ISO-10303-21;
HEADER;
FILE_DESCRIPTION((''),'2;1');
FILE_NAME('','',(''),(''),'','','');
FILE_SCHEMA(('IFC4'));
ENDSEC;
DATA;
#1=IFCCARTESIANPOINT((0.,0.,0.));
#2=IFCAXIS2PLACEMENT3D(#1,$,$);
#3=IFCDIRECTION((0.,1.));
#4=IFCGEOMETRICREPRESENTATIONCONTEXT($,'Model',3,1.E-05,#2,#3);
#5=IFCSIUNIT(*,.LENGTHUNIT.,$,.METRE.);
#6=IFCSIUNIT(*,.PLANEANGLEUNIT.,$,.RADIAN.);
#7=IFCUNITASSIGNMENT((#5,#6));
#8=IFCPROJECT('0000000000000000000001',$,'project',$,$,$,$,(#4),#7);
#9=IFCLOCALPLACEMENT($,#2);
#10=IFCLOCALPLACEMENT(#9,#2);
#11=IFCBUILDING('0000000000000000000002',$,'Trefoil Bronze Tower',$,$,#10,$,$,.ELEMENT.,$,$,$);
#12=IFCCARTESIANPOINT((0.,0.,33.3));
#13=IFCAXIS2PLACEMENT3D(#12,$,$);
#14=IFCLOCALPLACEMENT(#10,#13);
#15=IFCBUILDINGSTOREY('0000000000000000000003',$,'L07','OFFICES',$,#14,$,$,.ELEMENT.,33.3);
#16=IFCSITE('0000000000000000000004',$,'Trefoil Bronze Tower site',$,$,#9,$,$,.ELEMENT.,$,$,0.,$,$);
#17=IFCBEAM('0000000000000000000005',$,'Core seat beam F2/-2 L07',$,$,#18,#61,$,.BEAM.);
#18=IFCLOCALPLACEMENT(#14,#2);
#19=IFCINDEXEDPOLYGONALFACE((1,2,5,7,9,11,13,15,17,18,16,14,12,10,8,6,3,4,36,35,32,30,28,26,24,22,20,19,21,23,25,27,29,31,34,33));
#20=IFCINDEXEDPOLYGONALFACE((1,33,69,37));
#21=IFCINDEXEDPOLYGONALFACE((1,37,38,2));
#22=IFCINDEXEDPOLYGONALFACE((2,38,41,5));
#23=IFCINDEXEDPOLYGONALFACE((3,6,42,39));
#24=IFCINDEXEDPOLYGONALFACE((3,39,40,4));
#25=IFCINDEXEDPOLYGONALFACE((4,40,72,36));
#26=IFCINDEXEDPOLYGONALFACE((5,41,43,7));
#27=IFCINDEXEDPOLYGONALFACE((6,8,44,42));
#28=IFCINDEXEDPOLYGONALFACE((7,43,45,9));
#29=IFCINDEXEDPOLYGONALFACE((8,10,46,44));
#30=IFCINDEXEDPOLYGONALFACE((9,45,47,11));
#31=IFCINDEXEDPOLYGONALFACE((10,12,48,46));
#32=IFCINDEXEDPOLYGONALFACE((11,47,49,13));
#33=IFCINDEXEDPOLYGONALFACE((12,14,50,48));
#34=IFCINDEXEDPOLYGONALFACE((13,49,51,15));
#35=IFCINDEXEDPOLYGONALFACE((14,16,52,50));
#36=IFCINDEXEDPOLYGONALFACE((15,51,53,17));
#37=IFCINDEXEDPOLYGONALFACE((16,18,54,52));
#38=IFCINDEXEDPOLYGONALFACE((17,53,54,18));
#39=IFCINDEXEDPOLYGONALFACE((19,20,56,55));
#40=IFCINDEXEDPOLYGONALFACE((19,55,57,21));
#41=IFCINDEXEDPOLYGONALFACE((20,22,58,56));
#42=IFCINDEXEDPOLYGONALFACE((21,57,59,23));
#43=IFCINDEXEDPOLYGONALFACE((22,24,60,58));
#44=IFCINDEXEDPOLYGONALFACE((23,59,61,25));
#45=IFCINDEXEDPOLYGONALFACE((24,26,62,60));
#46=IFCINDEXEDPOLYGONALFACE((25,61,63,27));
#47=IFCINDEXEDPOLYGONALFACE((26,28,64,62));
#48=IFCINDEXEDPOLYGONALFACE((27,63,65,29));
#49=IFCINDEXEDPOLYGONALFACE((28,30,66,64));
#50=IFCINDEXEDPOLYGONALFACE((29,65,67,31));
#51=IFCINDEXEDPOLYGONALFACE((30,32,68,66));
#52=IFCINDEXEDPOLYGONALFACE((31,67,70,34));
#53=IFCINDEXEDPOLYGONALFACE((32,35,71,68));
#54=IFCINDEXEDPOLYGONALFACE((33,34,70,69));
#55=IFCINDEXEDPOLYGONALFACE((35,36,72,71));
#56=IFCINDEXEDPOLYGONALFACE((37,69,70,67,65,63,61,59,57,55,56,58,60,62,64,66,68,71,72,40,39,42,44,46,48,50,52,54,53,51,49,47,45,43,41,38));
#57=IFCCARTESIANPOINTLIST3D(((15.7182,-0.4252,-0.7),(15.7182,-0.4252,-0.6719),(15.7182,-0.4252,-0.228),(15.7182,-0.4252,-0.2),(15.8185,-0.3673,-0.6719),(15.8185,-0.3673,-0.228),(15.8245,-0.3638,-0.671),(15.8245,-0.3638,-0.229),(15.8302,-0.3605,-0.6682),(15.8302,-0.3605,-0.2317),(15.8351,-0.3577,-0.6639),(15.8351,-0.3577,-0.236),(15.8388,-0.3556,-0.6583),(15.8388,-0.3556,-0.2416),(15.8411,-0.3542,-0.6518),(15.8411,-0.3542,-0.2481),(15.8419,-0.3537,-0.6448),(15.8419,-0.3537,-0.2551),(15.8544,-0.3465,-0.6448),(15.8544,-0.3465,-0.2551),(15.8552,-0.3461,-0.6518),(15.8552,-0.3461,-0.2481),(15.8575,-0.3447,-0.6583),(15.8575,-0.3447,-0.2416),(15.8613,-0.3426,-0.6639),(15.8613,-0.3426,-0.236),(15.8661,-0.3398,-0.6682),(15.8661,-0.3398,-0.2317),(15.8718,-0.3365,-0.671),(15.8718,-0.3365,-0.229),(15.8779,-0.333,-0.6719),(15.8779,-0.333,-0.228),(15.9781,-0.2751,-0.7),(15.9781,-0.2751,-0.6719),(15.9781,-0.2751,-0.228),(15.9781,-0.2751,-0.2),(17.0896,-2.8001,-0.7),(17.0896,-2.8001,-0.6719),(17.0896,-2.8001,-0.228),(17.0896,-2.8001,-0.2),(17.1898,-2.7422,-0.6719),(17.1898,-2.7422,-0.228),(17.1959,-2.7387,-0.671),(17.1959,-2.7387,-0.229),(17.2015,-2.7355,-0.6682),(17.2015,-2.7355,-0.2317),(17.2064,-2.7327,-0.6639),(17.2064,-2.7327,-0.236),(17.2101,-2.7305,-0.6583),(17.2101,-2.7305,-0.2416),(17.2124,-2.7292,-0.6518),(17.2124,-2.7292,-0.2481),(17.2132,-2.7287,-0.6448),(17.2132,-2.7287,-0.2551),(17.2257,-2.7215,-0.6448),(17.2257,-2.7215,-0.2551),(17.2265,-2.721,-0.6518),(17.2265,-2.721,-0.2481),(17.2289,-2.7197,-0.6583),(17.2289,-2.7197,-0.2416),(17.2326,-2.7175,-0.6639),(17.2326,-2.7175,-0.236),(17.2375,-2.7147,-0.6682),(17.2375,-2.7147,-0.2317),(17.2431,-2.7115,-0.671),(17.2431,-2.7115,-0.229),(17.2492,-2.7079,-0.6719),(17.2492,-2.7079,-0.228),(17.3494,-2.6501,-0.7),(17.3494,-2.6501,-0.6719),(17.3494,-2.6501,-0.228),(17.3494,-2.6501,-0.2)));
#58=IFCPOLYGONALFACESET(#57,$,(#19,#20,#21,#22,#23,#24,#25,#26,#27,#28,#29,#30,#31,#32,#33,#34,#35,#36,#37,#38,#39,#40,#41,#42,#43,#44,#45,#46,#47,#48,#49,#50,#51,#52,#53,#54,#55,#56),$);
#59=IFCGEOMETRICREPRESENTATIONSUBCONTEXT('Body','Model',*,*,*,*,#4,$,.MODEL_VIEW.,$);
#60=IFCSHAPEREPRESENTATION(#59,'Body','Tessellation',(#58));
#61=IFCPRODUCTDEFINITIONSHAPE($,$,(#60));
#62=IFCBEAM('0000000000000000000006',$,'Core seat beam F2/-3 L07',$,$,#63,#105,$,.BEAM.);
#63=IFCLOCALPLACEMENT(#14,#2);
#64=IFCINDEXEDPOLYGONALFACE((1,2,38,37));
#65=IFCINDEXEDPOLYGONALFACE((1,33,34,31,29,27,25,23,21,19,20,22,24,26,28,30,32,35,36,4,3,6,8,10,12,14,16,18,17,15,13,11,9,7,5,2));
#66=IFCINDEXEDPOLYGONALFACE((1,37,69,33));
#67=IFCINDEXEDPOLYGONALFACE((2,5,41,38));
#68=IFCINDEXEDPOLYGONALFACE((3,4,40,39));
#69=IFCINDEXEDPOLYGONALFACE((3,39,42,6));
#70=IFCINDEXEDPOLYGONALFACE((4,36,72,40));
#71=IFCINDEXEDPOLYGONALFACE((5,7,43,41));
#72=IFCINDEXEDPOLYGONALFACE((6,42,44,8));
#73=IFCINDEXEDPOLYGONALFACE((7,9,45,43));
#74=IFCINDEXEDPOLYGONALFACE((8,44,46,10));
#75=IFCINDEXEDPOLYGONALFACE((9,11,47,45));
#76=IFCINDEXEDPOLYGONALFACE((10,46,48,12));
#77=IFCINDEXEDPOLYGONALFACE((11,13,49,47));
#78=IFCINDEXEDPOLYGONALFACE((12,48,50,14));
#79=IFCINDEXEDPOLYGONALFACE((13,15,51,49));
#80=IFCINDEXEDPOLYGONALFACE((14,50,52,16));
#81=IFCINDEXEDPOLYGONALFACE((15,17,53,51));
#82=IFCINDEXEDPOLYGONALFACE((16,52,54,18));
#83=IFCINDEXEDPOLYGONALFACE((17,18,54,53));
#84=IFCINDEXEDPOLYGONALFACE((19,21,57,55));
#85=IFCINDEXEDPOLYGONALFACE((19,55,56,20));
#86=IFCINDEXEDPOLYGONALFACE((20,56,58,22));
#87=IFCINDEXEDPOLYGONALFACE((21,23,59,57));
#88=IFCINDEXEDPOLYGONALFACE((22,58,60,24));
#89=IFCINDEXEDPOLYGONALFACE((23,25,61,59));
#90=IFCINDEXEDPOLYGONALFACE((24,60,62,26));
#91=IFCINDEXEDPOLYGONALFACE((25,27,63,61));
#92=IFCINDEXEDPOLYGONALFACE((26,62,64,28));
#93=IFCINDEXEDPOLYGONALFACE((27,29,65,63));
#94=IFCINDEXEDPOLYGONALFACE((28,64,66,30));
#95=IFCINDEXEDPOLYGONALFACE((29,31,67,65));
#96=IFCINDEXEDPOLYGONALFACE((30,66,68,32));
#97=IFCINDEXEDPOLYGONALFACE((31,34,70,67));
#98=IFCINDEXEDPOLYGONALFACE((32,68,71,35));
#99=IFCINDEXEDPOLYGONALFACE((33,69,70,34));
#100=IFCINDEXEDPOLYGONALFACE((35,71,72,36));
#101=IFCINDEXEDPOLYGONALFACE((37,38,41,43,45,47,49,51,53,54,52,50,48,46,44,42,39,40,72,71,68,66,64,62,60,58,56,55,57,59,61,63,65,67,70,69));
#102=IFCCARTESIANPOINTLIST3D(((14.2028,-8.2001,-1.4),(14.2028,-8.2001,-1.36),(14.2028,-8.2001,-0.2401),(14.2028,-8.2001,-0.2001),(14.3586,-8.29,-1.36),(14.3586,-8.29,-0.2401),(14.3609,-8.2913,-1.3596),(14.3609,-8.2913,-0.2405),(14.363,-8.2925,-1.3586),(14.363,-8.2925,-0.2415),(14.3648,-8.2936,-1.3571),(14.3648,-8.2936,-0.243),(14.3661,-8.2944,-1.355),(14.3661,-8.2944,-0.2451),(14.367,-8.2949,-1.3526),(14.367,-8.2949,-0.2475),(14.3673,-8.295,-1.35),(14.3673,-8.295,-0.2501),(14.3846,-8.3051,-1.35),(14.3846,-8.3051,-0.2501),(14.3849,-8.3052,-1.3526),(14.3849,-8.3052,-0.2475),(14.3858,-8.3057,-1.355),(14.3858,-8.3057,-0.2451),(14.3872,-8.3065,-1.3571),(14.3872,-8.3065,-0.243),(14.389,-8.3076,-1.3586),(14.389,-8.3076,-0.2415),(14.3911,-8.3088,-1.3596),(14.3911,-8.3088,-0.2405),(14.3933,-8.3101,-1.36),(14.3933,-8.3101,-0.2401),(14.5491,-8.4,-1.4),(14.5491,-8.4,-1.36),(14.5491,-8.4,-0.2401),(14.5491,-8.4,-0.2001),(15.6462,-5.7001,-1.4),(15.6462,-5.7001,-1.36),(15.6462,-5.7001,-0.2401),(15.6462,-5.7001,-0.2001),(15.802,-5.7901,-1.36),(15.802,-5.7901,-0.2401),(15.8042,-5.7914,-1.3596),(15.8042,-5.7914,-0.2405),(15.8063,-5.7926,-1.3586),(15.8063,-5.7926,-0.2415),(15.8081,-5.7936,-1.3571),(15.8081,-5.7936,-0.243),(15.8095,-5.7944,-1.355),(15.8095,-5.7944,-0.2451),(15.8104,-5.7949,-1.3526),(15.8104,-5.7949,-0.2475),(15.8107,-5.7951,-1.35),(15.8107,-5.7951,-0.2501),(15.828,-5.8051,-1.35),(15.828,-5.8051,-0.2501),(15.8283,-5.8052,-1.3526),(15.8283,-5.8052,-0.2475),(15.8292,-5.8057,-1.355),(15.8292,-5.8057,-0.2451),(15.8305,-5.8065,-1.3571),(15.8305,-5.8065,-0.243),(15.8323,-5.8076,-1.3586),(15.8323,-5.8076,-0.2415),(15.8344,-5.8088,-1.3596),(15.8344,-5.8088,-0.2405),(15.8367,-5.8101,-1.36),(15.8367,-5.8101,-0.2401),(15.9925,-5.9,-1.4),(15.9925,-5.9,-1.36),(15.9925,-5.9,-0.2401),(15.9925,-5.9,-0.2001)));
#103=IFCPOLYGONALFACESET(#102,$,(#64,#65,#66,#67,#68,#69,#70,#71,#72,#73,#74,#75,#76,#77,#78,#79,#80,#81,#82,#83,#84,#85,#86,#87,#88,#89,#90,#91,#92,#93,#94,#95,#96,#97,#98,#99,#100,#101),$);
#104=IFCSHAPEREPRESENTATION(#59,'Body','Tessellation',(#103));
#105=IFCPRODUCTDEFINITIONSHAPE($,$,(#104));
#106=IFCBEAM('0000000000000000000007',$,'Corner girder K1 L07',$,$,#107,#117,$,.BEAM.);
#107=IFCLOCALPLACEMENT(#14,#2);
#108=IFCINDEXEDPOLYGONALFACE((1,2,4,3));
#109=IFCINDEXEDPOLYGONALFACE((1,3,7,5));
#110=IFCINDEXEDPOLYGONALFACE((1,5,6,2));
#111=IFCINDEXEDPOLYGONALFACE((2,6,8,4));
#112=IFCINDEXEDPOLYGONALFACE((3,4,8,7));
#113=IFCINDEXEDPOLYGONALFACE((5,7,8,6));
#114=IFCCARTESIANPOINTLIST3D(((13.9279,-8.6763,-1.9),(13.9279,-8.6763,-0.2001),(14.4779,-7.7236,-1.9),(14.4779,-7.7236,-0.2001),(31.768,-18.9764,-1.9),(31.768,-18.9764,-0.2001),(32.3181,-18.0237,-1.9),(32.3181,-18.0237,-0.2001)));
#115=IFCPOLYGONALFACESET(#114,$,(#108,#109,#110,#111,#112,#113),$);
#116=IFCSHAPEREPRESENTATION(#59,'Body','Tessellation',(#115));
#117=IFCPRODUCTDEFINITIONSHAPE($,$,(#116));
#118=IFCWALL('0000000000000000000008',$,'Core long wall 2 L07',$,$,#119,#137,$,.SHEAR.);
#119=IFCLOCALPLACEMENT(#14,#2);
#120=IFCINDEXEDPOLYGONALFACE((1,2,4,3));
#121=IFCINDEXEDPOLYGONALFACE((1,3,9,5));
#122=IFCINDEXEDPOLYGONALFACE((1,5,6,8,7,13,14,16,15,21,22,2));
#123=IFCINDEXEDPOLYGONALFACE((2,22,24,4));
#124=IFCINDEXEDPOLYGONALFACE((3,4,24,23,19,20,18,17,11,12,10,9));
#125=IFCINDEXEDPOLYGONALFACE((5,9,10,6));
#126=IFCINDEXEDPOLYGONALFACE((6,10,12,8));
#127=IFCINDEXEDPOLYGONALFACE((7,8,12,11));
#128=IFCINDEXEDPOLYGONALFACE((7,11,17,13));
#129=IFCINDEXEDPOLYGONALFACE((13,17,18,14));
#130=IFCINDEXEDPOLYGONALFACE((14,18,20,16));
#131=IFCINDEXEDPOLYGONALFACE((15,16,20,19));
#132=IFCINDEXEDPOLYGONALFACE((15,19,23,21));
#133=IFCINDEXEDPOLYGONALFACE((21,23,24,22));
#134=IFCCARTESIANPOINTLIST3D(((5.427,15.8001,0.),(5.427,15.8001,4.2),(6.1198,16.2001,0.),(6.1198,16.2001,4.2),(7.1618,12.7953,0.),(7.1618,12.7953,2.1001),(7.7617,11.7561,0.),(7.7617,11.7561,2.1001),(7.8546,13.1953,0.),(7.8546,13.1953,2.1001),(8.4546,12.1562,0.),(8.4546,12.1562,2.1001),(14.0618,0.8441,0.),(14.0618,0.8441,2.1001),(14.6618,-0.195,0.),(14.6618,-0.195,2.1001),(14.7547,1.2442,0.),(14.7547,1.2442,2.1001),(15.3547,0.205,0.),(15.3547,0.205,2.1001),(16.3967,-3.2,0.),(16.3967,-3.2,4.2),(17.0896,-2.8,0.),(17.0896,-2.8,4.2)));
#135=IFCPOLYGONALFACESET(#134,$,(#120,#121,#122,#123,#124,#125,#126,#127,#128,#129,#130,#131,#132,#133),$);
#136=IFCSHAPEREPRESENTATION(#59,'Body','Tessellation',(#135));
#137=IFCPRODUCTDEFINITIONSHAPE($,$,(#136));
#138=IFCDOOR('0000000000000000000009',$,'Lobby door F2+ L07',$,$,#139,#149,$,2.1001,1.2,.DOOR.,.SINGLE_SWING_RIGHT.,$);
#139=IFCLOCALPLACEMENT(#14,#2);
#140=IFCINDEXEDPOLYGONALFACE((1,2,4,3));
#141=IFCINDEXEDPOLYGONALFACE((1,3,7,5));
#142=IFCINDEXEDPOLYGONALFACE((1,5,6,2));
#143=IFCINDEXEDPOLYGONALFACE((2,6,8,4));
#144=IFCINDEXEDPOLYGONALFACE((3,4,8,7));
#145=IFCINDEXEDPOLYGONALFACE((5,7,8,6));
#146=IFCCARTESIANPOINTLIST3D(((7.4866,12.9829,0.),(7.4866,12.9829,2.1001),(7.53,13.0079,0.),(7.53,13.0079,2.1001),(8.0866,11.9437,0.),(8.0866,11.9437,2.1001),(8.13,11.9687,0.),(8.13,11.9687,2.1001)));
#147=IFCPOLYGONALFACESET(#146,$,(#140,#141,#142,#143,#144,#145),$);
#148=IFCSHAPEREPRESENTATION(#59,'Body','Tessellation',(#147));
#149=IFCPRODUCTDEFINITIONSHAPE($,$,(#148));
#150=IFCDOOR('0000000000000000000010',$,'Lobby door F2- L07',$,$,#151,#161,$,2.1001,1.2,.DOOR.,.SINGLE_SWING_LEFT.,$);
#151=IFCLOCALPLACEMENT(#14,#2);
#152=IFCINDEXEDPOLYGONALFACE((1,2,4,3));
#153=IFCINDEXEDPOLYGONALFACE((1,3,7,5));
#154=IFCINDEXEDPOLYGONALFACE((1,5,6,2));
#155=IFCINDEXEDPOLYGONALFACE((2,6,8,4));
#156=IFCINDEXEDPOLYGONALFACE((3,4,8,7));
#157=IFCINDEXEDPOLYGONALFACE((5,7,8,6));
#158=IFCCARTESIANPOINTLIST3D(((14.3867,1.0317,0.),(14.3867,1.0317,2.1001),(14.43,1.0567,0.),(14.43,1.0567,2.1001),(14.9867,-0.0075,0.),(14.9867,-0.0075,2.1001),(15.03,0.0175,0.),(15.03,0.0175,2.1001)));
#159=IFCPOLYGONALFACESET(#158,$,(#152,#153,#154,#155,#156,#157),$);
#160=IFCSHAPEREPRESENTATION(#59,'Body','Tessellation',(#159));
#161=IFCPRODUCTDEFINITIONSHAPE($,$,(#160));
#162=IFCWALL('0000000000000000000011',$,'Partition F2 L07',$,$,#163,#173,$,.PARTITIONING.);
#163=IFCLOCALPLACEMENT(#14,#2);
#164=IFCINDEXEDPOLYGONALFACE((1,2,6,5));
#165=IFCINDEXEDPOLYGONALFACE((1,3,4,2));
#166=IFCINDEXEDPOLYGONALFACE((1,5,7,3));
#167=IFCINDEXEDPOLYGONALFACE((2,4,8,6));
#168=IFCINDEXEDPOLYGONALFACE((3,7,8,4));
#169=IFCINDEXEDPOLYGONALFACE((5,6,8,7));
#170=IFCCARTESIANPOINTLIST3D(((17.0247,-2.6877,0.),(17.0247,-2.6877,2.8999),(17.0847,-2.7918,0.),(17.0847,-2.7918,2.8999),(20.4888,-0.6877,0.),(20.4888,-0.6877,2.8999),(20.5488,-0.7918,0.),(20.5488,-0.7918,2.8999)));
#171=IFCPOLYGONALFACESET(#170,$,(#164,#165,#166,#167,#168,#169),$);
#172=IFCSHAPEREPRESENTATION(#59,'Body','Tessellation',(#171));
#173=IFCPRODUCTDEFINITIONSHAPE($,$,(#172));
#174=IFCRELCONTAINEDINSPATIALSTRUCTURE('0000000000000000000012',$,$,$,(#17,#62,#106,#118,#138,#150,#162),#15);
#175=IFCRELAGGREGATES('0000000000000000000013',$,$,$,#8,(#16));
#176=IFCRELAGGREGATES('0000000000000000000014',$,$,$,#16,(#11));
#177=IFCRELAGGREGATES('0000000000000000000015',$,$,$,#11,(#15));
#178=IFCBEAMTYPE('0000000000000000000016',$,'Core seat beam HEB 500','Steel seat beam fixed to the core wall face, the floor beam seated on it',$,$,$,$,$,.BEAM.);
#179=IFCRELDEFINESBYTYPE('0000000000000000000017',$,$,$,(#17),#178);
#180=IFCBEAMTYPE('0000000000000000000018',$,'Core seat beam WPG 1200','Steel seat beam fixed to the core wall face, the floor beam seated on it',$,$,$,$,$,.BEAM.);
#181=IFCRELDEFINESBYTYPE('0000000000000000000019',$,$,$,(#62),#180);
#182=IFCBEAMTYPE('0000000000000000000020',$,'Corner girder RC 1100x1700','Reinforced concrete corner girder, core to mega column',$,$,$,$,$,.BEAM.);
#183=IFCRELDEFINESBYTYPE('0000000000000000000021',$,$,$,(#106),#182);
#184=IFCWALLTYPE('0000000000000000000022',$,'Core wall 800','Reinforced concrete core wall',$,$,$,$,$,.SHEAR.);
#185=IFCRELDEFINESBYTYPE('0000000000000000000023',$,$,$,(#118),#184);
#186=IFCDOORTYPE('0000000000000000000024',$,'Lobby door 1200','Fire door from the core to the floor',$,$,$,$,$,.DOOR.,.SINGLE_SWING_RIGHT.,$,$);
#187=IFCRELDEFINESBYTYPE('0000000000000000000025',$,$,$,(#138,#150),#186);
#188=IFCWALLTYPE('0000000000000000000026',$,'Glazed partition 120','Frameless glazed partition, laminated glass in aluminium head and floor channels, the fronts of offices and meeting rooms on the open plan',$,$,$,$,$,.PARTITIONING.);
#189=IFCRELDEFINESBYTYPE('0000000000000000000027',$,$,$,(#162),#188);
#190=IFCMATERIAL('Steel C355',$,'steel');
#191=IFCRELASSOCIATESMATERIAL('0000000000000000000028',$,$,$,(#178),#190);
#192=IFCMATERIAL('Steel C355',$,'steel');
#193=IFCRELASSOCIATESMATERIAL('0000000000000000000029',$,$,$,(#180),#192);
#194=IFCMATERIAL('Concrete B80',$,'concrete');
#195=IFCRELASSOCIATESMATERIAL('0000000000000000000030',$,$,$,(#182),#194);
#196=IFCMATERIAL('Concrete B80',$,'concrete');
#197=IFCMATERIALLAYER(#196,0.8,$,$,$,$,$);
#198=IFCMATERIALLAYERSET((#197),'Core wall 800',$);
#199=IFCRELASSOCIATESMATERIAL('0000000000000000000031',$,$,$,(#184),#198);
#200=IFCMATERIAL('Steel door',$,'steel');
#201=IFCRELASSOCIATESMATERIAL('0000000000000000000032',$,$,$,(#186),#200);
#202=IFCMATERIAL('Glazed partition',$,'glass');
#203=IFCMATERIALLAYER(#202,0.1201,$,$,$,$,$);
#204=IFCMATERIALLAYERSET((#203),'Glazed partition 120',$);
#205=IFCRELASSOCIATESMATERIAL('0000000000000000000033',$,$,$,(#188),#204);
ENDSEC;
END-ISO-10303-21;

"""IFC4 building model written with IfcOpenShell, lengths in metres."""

from ifc_helpers import new_model, si_unit, direction, frame, frame_2d, origin, origin_2d, place, context, subcontext, project, spatial, rectangle, i_section, extrude, material, layer, layer_set, material_profile, profile_set, type_object, element, fill, save


model = new_model("IFC4")

# Units and contexts
model_context = context("Model", 3, precision=1e-05, world=origin(), true_north=direction((0.0, 1.0)))
body_context = subcontext(model_context, "Body", "Model", "MODEL_VIEW")
ifc_project = project(units=[si_unit("LENGTHUNIT", "METRE"), si_unit("PLANEANGLEUNIT", "RADIAN")], contexts=[model_context])

# Site, building, storey
site_placement = place(None, origin())
site = spatial("IfcSite", under=ifc_project, at=site_placement, Name="Trefoil Bronze Tower site", CompositionType="ELEMENT", RefElevation=0.0)
building_placement = place(site_placement, origin())
building = spatial("IfcBuilding", under=site, at=building_placement, Name="Trefoil Bronze Tower", CompositionType="ELEMENT")
storey_placement = place(building_placement, frame((0.0, 0.0, 33.3)))
storey = spatial("IfcBuildingStorey", under=building, at=storey_placement, Name="L07", Description="OFFICES", CompositionType="ELEMENT", Elevation=33.3)

# Beams
ifc_material_1 = material(Name="Steel C355", Category="steel")
ifc_material_profile_1 = material_profile(ifc_material_1, i_section(OverallWidth=0.3, OverallDepth=0.5, WebThickness=0.0144, FlangeThickness=0.0281, FilletRadius=0.0271, at=origin_2d()), Name="HEB 500")
ifc_profile_set_1 = profile_set([ifc_material_profile_1], Name="Steel C355")
beam_type_1 = type_object("IfcBeamType", Name="Core seat beam HEB 500", Description="Steel seat beam fixed to the core wall face, the floor beam seated on it", PredefinedType="BEAM", material=ifc_profile_set_1)
beam_1_placement = place(storey_placement, frame((17.2195, -2.7251, -0.45), z_axis=(-0.500036, 0.866005, 0.0), x_axis=(-0.866005, -0.500036, 0.0)))
element("IfcBeam", 1, at=beam_1_placement, inside=storey, type_object=beam_type_1, Name="Core seat beam F2/-2 L07", PredefinedType="BEAM", context=body_context, shape_type="SweptSolid", body=[
    extrude(i_section(OverallWidth=0.3, OverallDepth=0.5, WebThickness=0.0144, FlangeThickness=0.0281, FilletRadius=0.0271, at=origin_2d()), origin(), (0.0, 0.0, 1.0), 2.7424),
])
ifc_material_2 = material(Name="Steel C355", Category="steel")
ifc_material_profile_2 = material_profile(ifc_material_2, i_section(OverallWidth=0.3999, OverallDepth=1.2, WebThickness=0.02, FlangeThickness=0.04, FilletRadius=0.01, at=origin_2d()), Name="WPG 1200")
ifc_profile_set_2 = profile_set([ifc_material_profile_2], Name="Steel C355")
beam_type_2 = type_object("IfcBeamType", Name="Core seat beam WPG 1200", Description="Steel seat beam fixed to the core wall face, the floor beam seated on it", PredefinedType="BEAM", material=ifc_profile_set_2)
beam_2_placement = place(storey_placement, frame((14.376, -8.3, -0.8), z_axis=(0.499996, 0.866028, 0.0), x_axis=(-0.866028, 0.499996, 0.0)))
element("IfcBeam", 2, at=beam_2_placement, inside=storey, type_object=beam_type_2, Name="Core seat beam F2/-3 L07", PredefinedType="BEAM", context=body_context, shape_type="SweptSolid", body=[
    extrude(i_section(OverallWidth=0.3999, OverallDepth=1.2, WebThickness=0.02, FlangeThickness=0.04, FilletRadius=0.01, at=origin_2d()), origin(), (0.0, 0.0, 1.0), 2.8867),
])
ifc_material_3 = material(Name="Concrete B80", Category="concrete")
ifc_material_profile_3 = material_profile(ifc_material_3, rectangle(XDim=1.1001, YDim=1.7, at=origin_2d()), Name="RC 1100x1700")
ifc_profile_set_3 = profile_set([ifc_material_profile_3], Name="Concrete B80")
beam_type_3 = type_object("IfcBeamType", Name="Corner girder RC 1100x1700", Description="Reinforced concrete corner girder, core to mega column", PredefinedType="BEAM", material=ifc_profile_set_3)
beam_3_placement = place(storey_placement, frame((14.2029, -8.2, -1.05), z_axis=(0.866024, -0.500003, 0.0), x_axis=(0.500003, 0.866024, 0.0)))
element("IfcBeam", 3, at=beam_3_placement, inside=storey, type_object=beam_type_3, Name="Corner girder K1 L07", PredefinedType="BEAM", context=body_context, shape_type="SweptSolid", body=[
    extrude(rectangle(XDim=1.1001, YDim=1.7, at=origin_2d()), origin(), (0.0, 0.0, 1.0), 20.6001),
])

# Wall, openings, doors
ifc_material_4 = material(Name="Concrete B80", Category="concrete")
ifc_layer_1 = layer(ifc_material_4, 0.8)
ifc_layer_set_1 = layer_set([ifc_layer_1], Name="Core wall 800")
wall_type_1 = type_object("IfcWallType", Name="Core wall 800", Description="Reinforced concrete core wall", PredefinedType="SHEAR", material=ifc_layer_set_1)
wall_1_placement = place(storey_placement, frame((16.7432, -3.0, 0.0), z_axis=(0.0, 0.0, 1.0), x_axis=(-0.500002, 0.866024, 0.0)))
wall_1 = element("IfcWall", 4, at=wall_1_placement, inside=storey, type_object=wall_type_1, Name="Core long wall 2 L07", PredefinedType="SHEAR", context=body_context, shape_type="SweptSolid", body=[
    extrude(rectangle(XDim=21.9395, YDim=0.8, at=frame_2d((10.9697, 0.0))), origin(), (0.0, 0.0, 1.0), 4.2),
])
opening_1_placement = place(wall_1_placement, frame((17.2698, 0.0, 0.0)))
opening_1 = element("IfcOpeningElement", 5, at=opening_1_placement, cuts=wall_1, PredefinedType="OPENING", context=body_context, shape_type="SweptSolid", body=[
    extrude(rectangle(XDim=1.2, YDim=2.1001, at=frame_2d((0.6001, 1.05))), frame((0.0, 0.4099, 0.0), z_axis=(0.0, -1.0, 0.0), x_axis=(1.0, 0.0, 0.0)), (0.0, 0.0, 1.0), 0.8201),
])
opening_2_placement = place(wall_1_placement, frame((3.4697, 0.0, 0.0)))
opening_2 = element("IfcOpeningElement", 6, at=opening_2_placement, cuts=wall_1, PredefinedType="OPENING", context=body_context, shape_type="SweptSolid", body=[
    extrude(rectangle(XDim=1.2, YDim=2.1001, at=frame_2d((0.6001, 1.05))), frame((0.0, 0.4099, 0.0), z_axis=(0.0, -1.0, 0.0), x_axis=(1.0, 0.0, 0.0)), (0.0, 0.0, 1.0), 0.8201),
])
ifc_material_5 = material(Name="Steel door", Category="steel")
door_type_1 = type_object("IfcDoorType", Name="Lobby door 1200", Description="Fire door from the core to the floor", OperationType="SINGLE_SWING_RIGHT", PredefinedType="DOOR", material=ifc_material_5)
door_1_placement = place(opening_1_placement, origin())
door_1 = element("IfcDoor", 7, at=door_1_placement, inside=storey, type_object=door_type_1, Name="Lobby door F2+ L07", OperationType="SINGLE_SWING_RIGHT", OverallHeight=2.1001, OverallWidth=1.2, PredefinedType="DOOR", context=body_context, shape_type="SweptSolid", body=[
    extrude(rectangle(XDim=1.2, YDim=2.1001, at=frame_2d((0.6001, 1.05))), frame((0.0, 0.0249, 0.0), z_axis=(0.0, -1.0, 0.0), x_axis=(1.0, 0.0, 0.0)), (0.0, 0.0, 1.0), 0.05),
])
fill(opening_1, door_1)
door_2_placement = place(opening_2_placement, origin())
door_2 = element("IfcDoor", 8, at=door_2_placement, inside=storey, type_object=door_type_1, Name="Lobby door F2- L07", OperationType="SINGLE_SWING_LEFT", OverallHeight=2.1001, OverallWidth=1.2, PredefinedType="DOOR", context=body_context, shape_type="SweptSolid", body=[
    extrude(rectangle(XDim=1.2, YDim=2.1001, at=frame_2d((0.6001, 1.05))), frame((0.0, 0.0249, 0.0), z_axis=(0.0, -1.0, 0.0), x_axis=(1.0, 0.0, 0.0)), (0.0, 0.0, 1.0), 0.05),
])
fill(opening_2, door_2)

# Wall
ifc_material_6 = material(Name="Glazed partition", Category="glass")
ifc_layer_2 = layer(ifc_material_6, 0.1201)
ifc_layer_set_2 = layer_set([ifc_layer_2], Name="Glazed partition 120")
wall_type_2 = type_object("IfcWallType", Name="Glazed partition 120", Description="Frameless glazed partition, laminated glass in aluminium head and floor channels, the fronts of offices and meeting rooms on the open plan", PredefinedType="PARTITIONING", material=ifc_layer_set_2)
for number, where, z_axis, x_axis, name in (
    (9, (17.0547, -2.7397, 0.0), (0.0, 0.0, 1.0), (0.866026, 0.499999, 0.0), "Partition F2 L07"),
):
    element("IfcWall", number, at=place(storey_placement, frame(where, z_axis=z_axis, x_axis=x_axis)), inside=storey, type_object=wall_type_2, Name=name, PredefinedType="PARTITIONING", context=body_context, shape_type="SweptSolid", body=[
        extrude(rectangle(XDim=4.0, YDim=0.1201, at=frame_2d((2.0, 0.0))), origin(), (0.0, 0.0, 1.0), 2.8999),
    ])

save(model, "model.ifc")
